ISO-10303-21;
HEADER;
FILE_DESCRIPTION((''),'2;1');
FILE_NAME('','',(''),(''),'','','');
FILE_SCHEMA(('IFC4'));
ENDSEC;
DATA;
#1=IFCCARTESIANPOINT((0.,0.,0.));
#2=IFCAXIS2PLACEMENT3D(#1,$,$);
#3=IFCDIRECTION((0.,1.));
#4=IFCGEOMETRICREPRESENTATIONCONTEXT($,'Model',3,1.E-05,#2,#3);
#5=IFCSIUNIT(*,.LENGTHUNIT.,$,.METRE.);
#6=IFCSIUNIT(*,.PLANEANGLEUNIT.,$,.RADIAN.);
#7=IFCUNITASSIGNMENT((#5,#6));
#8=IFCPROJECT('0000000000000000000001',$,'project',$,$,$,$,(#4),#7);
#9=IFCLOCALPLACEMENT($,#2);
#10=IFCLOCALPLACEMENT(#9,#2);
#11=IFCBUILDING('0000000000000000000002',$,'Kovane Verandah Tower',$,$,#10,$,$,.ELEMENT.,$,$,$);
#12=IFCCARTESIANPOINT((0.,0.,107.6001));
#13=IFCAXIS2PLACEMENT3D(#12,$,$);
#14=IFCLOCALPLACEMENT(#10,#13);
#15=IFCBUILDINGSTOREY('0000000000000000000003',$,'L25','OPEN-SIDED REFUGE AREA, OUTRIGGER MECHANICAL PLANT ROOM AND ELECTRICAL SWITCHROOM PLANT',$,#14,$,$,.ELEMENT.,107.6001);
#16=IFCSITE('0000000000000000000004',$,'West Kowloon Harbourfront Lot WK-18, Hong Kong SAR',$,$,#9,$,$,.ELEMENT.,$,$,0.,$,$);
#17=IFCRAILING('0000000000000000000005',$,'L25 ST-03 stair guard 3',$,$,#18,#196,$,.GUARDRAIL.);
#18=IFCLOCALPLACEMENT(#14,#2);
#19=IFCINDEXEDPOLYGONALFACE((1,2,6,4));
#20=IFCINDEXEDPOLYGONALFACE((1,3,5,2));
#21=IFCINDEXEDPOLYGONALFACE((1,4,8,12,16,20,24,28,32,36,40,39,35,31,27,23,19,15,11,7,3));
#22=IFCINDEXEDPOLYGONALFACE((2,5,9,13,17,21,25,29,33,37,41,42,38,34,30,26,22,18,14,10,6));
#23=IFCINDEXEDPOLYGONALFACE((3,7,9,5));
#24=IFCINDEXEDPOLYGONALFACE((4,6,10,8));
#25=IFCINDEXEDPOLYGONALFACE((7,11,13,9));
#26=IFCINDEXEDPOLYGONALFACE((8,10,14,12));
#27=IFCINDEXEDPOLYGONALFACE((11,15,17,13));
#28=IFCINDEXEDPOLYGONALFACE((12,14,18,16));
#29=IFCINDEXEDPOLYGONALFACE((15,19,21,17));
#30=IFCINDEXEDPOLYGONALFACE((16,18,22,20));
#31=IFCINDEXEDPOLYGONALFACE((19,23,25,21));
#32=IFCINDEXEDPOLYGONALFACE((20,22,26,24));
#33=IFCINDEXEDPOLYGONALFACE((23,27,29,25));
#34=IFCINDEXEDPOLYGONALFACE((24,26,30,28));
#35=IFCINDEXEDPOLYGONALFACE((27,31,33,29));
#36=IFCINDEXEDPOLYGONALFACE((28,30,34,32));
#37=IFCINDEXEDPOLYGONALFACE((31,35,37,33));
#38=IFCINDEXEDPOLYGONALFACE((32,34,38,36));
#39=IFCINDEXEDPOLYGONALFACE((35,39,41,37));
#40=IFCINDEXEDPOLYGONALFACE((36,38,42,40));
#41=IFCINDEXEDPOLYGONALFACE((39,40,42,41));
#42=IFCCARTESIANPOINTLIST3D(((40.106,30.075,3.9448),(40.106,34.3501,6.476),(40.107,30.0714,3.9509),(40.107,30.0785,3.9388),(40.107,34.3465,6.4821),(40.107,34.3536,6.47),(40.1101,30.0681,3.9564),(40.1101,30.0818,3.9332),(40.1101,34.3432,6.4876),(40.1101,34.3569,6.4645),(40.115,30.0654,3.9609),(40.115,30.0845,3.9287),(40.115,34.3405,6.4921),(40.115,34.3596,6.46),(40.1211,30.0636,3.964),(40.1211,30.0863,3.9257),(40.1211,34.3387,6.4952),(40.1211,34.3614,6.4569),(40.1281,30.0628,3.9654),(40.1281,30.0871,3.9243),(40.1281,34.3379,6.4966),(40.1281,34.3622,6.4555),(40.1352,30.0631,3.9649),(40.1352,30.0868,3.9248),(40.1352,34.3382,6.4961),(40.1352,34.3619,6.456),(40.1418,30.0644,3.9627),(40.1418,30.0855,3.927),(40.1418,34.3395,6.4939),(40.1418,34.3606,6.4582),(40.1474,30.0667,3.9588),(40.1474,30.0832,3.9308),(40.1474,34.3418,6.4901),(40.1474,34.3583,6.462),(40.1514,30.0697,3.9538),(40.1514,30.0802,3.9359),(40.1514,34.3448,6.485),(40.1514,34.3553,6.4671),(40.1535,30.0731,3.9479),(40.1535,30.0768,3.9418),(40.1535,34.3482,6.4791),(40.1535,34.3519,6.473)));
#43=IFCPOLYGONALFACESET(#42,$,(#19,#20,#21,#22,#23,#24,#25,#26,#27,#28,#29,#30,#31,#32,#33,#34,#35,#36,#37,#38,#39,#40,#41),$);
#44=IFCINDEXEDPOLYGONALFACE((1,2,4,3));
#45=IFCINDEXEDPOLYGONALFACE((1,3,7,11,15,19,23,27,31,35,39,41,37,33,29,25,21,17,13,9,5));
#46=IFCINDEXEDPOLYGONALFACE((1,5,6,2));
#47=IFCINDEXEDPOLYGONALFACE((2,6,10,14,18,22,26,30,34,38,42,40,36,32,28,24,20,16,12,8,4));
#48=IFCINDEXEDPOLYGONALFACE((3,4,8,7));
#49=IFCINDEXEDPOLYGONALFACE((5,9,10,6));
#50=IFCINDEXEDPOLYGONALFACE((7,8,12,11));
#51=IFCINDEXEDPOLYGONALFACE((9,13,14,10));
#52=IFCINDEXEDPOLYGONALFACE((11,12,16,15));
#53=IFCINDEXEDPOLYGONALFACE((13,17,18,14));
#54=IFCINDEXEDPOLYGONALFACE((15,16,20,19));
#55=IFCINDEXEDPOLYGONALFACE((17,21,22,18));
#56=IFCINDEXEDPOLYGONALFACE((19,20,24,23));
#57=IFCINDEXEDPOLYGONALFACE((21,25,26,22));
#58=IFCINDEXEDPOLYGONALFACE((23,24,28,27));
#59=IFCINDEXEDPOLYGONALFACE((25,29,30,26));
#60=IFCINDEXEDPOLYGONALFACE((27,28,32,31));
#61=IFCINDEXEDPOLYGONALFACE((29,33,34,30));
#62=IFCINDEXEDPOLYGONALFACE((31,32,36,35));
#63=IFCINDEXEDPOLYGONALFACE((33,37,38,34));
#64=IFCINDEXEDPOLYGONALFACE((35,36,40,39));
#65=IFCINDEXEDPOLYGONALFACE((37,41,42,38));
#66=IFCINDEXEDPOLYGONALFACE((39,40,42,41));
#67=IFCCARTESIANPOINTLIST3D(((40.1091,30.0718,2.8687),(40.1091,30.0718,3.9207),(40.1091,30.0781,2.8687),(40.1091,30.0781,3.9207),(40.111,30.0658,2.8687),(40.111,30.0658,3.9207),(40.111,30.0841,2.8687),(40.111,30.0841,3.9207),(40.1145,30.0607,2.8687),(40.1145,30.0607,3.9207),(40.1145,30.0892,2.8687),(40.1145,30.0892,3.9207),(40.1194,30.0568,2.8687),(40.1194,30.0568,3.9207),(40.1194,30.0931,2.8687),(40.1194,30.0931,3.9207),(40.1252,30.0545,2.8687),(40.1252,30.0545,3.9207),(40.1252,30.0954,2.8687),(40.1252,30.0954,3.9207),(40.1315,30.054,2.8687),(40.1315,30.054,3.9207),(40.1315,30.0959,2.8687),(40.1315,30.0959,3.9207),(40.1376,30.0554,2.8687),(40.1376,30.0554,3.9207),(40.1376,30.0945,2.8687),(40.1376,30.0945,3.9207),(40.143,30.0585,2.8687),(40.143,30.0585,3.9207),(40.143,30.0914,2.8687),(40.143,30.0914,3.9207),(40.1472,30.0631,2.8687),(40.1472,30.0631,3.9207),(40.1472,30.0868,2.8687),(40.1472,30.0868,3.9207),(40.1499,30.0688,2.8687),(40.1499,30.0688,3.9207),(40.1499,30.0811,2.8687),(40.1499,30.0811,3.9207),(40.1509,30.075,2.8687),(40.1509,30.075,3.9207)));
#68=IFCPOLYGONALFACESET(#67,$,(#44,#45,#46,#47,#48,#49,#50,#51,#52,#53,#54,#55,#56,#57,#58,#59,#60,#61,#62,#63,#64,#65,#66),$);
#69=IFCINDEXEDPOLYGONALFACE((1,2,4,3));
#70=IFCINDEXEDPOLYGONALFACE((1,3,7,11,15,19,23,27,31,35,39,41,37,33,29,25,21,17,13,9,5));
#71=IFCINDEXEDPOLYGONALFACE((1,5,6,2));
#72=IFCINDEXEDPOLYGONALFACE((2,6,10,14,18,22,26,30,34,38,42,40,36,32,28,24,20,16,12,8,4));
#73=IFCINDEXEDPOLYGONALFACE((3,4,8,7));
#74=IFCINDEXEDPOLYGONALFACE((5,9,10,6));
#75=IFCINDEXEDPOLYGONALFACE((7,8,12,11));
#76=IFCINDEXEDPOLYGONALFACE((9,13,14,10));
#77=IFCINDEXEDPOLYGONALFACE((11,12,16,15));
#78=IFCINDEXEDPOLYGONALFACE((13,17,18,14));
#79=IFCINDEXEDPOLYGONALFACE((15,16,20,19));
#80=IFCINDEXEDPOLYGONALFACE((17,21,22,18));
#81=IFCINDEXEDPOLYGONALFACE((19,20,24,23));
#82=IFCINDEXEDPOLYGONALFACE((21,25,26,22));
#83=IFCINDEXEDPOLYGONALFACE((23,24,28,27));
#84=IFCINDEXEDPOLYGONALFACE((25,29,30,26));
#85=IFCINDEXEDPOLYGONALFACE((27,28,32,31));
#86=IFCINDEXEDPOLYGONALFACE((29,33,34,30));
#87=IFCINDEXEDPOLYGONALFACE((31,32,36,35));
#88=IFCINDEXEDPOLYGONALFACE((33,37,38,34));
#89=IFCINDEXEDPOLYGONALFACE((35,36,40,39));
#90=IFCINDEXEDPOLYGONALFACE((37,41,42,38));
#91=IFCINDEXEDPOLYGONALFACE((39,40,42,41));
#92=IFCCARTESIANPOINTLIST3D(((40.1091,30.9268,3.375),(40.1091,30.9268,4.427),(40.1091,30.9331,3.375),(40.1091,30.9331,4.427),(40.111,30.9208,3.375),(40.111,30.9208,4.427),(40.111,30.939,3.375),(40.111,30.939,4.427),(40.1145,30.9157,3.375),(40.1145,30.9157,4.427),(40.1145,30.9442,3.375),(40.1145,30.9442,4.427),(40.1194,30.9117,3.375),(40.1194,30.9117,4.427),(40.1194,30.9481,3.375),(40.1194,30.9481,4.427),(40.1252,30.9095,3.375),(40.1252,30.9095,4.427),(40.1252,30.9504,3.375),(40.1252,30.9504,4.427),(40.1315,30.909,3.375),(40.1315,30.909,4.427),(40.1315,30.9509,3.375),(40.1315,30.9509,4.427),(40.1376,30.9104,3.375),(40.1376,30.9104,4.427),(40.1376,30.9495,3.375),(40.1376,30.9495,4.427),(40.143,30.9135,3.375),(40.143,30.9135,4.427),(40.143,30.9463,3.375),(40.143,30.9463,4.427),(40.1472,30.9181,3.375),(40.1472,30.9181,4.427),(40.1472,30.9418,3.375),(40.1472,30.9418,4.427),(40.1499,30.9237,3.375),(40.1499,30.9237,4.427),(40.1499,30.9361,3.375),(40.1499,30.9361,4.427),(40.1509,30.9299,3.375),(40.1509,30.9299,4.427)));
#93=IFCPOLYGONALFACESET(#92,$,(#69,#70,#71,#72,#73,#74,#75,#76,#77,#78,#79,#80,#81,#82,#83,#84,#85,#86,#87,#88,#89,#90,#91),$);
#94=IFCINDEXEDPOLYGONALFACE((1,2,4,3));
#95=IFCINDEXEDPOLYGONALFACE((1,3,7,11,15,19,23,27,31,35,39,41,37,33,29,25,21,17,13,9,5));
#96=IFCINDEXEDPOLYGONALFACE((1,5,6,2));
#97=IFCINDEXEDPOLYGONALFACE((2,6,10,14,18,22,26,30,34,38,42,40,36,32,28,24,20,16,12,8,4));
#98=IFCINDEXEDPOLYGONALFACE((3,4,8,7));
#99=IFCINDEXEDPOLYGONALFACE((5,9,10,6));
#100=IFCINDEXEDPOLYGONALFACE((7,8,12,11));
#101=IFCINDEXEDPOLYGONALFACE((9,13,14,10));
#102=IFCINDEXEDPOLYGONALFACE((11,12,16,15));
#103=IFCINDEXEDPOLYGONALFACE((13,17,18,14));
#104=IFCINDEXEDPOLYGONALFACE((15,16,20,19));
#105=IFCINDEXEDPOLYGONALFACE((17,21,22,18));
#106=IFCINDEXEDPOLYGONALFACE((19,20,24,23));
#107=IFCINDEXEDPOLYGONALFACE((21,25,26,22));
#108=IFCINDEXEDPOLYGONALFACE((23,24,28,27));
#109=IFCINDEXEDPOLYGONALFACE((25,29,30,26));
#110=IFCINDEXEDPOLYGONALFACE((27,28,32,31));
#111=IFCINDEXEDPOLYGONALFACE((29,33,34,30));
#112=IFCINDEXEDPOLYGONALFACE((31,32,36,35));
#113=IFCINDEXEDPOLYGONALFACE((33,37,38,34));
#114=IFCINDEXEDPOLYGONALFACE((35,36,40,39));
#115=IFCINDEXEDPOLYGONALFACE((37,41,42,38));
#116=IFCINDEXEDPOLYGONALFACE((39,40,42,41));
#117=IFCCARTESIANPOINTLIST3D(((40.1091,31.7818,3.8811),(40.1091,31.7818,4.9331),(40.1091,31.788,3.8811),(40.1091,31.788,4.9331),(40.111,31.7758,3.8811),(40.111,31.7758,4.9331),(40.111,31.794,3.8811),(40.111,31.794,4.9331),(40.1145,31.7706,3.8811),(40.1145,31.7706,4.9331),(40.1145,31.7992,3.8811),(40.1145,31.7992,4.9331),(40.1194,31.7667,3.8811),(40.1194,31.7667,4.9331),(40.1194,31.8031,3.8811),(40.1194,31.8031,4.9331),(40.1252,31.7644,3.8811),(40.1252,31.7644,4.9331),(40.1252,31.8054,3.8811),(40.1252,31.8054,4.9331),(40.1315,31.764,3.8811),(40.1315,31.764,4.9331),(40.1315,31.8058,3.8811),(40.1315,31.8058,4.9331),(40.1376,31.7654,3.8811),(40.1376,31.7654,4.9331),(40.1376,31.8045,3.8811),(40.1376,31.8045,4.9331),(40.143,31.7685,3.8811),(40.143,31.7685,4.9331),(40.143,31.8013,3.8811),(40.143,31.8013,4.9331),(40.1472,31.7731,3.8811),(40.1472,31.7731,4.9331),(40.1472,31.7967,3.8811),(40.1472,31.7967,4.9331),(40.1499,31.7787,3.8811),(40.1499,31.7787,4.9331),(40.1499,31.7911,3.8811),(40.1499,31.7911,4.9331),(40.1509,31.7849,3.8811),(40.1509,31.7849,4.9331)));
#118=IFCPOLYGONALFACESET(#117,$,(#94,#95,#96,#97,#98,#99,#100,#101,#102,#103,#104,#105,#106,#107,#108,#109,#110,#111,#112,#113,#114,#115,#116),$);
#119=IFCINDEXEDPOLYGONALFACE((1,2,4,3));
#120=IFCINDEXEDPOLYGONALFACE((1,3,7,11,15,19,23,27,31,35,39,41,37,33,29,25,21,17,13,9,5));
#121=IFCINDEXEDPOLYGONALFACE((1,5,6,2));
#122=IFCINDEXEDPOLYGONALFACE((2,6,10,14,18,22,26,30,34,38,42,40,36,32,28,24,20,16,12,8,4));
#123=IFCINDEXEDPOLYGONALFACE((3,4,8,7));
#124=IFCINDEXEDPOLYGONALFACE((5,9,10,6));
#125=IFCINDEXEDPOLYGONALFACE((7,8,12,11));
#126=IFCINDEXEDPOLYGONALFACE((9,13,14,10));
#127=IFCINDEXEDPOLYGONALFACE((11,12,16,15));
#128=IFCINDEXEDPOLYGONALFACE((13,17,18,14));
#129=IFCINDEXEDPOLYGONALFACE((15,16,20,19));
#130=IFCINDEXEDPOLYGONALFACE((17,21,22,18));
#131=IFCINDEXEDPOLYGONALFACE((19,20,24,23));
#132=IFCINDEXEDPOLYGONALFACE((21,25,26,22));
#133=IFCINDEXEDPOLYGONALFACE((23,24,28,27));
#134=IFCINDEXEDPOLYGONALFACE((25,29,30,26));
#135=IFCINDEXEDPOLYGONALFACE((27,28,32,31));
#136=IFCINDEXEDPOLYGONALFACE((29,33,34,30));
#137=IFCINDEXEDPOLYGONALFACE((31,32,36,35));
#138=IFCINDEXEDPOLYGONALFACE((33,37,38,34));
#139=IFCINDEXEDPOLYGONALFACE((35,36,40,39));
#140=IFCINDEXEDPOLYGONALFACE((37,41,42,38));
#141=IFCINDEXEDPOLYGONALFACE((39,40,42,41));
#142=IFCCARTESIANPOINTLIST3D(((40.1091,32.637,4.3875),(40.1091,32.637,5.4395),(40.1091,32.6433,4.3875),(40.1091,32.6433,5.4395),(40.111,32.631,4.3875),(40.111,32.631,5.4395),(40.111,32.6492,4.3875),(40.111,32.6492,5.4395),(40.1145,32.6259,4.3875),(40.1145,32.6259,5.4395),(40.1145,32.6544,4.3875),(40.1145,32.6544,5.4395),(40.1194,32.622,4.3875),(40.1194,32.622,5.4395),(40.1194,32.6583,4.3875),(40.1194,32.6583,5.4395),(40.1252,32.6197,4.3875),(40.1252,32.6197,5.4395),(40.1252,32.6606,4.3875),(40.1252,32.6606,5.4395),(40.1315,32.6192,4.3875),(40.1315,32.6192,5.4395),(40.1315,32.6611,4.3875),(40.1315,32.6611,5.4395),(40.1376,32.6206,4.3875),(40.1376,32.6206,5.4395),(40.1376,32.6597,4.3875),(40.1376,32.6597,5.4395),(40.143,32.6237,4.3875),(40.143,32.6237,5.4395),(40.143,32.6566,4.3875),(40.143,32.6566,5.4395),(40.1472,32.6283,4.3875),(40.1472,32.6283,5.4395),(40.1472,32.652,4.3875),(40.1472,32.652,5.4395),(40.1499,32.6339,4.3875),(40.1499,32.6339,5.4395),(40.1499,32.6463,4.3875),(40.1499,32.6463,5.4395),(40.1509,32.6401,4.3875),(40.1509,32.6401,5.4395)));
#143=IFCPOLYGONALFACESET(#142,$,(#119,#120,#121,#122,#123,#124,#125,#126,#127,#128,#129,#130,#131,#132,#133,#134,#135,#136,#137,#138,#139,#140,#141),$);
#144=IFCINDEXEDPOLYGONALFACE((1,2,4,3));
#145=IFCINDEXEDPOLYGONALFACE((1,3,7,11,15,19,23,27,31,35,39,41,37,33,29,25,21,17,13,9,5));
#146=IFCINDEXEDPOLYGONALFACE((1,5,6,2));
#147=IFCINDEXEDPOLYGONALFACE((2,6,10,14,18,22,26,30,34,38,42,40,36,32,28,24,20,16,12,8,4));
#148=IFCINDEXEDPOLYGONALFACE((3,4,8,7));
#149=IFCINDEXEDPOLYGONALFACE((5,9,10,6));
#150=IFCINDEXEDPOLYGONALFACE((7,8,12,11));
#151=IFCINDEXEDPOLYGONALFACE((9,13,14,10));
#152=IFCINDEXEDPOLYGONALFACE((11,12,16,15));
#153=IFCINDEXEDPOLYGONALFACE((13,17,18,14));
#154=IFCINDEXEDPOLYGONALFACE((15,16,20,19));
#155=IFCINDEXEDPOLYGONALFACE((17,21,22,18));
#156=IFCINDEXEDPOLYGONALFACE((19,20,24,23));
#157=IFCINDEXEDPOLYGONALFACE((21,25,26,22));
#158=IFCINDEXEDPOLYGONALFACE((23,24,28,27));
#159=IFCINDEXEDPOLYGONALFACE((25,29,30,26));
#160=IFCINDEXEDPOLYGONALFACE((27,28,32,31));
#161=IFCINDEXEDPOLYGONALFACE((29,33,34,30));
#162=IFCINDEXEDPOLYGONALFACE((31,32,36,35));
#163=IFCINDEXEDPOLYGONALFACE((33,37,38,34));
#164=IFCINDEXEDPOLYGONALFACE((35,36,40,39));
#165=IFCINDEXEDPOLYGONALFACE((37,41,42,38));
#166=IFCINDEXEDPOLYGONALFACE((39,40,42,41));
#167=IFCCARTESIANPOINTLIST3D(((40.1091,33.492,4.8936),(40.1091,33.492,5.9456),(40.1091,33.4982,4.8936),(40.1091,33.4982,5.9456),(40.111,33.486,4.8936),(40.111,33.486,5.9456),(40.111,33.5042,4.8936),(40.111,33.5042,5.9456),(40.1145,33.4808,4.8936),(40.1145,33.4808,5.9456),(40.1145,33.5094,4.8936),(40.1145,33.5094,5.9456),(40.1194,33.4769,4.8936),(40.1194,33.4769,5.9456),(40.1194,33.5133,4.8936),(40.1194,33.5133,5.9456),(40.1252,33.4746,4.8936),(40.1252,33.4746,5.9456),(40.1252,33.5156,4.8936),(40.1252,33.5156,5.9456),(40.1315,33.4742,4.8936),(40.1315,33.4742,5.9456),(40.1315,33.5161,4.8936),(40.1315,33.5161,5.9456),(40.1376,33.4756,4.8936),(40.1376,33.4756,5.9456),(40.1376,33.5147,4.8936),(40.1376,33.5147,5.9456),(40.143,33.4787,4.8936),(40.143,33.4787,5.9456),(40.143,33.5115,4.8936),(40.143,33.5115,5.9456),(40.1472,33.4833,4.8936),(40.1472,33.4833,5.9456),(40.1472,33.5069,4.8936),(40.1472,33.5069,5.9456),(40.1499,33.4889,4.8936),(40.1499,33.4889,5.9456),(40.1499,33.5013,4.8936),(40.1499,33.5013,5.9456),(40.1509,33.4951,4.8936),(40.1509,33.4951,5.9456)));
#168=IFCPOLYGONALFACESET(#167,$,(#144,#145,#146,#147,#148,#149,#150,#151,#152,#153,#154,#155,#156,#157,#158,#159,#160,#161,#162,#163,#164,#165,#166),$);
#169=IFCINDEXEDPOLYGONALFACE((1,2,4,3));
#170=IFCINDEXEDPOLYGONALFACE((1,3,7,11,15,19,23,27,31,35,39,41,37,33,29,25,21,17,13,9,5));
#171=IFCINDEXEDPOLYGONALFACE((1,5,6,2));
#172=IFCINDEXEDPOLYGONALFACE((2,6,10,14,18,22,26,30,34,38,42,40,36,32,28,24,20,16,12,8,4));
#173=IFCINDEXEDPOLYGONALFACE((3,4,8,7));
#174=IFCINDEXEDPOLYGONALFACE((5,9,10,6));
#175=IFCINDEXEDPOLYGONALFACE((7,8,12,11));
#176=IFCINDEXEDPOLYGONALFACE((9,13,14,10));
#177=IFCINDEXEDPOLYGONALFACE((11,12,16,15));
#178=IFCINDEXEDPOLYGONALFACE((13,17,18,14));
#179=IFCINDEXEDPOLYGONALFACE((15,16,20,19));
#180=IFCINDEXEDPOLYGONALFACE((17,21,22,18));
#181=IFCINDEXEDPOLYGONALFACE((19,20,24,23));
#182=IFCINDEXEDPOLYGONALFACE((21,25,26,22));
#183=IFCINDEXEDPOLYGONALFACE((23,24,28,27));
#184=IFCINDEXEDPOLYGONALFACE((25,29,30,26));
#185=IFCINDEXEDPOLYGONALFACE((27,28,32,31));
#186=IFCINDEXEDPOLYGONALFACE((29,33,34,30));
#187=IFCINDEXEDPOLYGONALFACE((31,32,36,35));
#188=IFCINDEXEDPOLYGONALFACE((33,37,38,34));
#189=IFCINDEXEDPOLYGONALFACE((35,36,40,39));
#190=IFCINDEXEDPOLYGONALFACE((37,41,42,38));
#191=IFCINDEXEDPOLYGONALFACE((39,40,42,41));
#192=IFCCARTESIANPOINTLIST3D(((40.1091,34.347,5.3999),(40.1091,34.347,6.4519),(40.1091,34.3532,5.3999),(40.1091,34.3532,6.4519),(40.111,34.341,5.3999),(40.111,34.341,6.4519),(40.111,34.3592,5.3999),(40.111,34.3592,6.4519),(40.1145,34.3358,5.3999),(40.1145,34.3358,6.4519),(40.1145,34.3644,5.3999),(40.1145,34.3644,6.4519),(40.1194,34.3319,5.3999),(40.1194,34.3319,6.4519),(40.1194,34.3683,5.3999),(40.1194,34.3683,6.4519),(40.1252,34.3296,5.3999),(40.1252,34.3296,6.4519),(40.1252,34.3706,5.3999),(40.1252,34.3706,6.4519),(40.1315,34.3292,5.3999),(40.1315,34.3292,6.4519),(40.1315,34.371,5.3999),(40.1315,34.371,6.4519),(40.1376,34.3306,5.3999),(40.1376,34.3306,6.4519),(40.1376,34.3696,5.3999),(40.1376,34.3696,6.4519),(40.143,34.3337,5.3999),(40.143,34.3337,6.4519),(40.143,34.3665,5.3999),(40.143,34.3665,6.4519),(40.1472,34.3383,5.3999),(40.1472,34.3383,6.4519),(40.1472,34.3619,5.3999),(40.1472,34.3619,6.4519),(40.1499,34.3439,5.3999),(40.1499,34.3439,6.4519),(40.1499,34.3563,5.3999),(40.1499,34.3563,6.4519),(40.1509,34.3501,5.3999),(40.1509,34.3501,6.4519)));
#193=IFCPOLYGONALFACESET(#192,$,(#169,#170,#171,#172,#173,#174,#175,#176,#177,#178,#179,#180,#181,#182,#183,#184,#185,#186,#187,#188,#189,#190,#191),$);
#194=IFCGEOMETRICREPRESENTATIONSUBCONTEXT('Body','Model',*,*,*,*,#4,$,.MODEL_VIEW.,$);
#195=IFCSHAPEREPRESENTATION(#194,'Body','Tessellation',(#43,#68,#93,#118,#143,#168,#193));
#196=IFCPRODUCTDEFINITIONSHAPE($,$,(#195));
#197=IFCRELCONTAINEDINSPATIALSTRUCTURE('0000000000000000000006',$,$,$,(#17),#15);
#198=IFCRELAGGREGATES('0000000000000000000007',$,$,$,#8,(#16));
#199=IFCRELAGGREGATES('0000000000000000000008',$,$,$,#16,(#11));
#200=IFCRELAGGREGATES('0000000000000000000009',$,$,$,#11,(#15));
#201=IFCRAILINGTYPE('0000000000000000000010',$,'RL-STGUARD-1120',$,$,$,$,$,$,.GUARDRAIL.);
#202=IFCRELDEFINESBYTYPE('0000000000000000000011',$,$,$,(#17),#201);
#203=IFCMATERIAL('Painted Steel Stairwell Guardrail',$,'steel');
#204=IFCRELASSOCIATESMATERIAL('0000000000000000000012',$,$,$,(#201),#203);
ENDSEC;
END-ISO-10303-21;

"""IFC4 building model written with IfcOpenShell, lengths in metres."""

from ifc_helpers import new_model, si_unit, direction, frame, origin, origin_2d, place, context, subcontext, project, spatial, circle, extrude, material, type_object, element, save


model = new_model("IFC4")

# Units and contexts
model_context = context("Model", 3, precision=1e-05, world=origin(), true_north=direction((0.0, 1.0)))
body_context = subcontext(model_context, "Body", "Model", "MODEL_VIEW")
ifc_project = project(units=[si_unit("LENGTHUNIT", "METRE"), si_unit("PLANEANGLEUNIT", "RADIAN")], contexts=[model_context])

# Site, building, storey
site_placement = place(None, origin())
site = spatial("IfcSite", under=ifc_project, at=site_placement, Name="West Kowloon Harbourfront Lot WK-18, Hong Kong SAR", CompositionType="ELEMENT", RefElevation=0.0)
building_placement = place(site_placement, origin())
building = spatial("IfcBuilding", under=site, at=building_placement, Name="Kovane Verandah Tower", CompositionType="ELEMENT")
storey_placement = place(building_placement, frame((0.0, 0.0, 107.6001)))
storey = spatial("IfcBuildingStorey", under=building, at=storey_placement, Name="L25", Description="OPEN-SIDED REFUGE AREA, OUTRIGGER MECHANICAL PLANT ROOM AND ELECTRICAL SWITCHROOM PLANT", CompositionType="ELEMENT", Elevation=107.6001)

# Railing
ifc_material_1 = material(Name="Painted Steel Stairwell Guardrail", Category="steel")
railing_type_1 = type_object("IfcRailingType", Name="RL-STGUARD-1120", PredefinedType="GUARDRAIL", material=ifc_material_1)
railing_1_placement = place(storey_placement, frame((40.1299, 30.075, 2.8687)))
element("IfcRailing", 1, at=railing_1_placement, inside=storey, type_object=railing_type_1, Name="L25 ST-03 stair guard 3", PredefinedType="GUARDRAIL", context=body_context, shape_type="SweptSolid", body=[
    extrude(circle(Radius=0.0239, at=origin_2d()), frame((0.0, 0.0, 1.0762), z_axis=(0.0, 0.860483, 0.509479), x_axis=(-1.0, 0.0, 0.0)), (0.0, 0.0, 1.0), 4.9683),
    extrude(circle(Radius=0.021, at=origin_2d()), origin(), (0.0, 0.0, 1.0), 1.052),
    extrude(circle(Radius=0.021, at=origin_2d()), frame((0.0, 0.855, 0.5063)), (0.0, 0.0, 1.0), 1.052),
    extrude(circle(Radius=0.021, at=origin_2d()), frame((0.0, 1.71, 1.0125)), (0.0, 0.0, 1.0), 1.052),
    extrude(circle(Radius=0.021, at=origin_2d()), frame((0.0, 2.5652, 1.5188)), (0.0, 0.0, 1.0), 1.052),
    extrude(circle(Radius=0.021, at=origin_2d()), frame((0.0, 3.4202, 2.0249)), (0.0, 0.0, 1.0), 1.052),
    extrude(circle(Radius=0.021, at=origin_2d()), frame((0.0, 4.2751, 2.5312)), (0.0, 0.0, 1.0), 1.052),
])

save(model, "model.ifc")
